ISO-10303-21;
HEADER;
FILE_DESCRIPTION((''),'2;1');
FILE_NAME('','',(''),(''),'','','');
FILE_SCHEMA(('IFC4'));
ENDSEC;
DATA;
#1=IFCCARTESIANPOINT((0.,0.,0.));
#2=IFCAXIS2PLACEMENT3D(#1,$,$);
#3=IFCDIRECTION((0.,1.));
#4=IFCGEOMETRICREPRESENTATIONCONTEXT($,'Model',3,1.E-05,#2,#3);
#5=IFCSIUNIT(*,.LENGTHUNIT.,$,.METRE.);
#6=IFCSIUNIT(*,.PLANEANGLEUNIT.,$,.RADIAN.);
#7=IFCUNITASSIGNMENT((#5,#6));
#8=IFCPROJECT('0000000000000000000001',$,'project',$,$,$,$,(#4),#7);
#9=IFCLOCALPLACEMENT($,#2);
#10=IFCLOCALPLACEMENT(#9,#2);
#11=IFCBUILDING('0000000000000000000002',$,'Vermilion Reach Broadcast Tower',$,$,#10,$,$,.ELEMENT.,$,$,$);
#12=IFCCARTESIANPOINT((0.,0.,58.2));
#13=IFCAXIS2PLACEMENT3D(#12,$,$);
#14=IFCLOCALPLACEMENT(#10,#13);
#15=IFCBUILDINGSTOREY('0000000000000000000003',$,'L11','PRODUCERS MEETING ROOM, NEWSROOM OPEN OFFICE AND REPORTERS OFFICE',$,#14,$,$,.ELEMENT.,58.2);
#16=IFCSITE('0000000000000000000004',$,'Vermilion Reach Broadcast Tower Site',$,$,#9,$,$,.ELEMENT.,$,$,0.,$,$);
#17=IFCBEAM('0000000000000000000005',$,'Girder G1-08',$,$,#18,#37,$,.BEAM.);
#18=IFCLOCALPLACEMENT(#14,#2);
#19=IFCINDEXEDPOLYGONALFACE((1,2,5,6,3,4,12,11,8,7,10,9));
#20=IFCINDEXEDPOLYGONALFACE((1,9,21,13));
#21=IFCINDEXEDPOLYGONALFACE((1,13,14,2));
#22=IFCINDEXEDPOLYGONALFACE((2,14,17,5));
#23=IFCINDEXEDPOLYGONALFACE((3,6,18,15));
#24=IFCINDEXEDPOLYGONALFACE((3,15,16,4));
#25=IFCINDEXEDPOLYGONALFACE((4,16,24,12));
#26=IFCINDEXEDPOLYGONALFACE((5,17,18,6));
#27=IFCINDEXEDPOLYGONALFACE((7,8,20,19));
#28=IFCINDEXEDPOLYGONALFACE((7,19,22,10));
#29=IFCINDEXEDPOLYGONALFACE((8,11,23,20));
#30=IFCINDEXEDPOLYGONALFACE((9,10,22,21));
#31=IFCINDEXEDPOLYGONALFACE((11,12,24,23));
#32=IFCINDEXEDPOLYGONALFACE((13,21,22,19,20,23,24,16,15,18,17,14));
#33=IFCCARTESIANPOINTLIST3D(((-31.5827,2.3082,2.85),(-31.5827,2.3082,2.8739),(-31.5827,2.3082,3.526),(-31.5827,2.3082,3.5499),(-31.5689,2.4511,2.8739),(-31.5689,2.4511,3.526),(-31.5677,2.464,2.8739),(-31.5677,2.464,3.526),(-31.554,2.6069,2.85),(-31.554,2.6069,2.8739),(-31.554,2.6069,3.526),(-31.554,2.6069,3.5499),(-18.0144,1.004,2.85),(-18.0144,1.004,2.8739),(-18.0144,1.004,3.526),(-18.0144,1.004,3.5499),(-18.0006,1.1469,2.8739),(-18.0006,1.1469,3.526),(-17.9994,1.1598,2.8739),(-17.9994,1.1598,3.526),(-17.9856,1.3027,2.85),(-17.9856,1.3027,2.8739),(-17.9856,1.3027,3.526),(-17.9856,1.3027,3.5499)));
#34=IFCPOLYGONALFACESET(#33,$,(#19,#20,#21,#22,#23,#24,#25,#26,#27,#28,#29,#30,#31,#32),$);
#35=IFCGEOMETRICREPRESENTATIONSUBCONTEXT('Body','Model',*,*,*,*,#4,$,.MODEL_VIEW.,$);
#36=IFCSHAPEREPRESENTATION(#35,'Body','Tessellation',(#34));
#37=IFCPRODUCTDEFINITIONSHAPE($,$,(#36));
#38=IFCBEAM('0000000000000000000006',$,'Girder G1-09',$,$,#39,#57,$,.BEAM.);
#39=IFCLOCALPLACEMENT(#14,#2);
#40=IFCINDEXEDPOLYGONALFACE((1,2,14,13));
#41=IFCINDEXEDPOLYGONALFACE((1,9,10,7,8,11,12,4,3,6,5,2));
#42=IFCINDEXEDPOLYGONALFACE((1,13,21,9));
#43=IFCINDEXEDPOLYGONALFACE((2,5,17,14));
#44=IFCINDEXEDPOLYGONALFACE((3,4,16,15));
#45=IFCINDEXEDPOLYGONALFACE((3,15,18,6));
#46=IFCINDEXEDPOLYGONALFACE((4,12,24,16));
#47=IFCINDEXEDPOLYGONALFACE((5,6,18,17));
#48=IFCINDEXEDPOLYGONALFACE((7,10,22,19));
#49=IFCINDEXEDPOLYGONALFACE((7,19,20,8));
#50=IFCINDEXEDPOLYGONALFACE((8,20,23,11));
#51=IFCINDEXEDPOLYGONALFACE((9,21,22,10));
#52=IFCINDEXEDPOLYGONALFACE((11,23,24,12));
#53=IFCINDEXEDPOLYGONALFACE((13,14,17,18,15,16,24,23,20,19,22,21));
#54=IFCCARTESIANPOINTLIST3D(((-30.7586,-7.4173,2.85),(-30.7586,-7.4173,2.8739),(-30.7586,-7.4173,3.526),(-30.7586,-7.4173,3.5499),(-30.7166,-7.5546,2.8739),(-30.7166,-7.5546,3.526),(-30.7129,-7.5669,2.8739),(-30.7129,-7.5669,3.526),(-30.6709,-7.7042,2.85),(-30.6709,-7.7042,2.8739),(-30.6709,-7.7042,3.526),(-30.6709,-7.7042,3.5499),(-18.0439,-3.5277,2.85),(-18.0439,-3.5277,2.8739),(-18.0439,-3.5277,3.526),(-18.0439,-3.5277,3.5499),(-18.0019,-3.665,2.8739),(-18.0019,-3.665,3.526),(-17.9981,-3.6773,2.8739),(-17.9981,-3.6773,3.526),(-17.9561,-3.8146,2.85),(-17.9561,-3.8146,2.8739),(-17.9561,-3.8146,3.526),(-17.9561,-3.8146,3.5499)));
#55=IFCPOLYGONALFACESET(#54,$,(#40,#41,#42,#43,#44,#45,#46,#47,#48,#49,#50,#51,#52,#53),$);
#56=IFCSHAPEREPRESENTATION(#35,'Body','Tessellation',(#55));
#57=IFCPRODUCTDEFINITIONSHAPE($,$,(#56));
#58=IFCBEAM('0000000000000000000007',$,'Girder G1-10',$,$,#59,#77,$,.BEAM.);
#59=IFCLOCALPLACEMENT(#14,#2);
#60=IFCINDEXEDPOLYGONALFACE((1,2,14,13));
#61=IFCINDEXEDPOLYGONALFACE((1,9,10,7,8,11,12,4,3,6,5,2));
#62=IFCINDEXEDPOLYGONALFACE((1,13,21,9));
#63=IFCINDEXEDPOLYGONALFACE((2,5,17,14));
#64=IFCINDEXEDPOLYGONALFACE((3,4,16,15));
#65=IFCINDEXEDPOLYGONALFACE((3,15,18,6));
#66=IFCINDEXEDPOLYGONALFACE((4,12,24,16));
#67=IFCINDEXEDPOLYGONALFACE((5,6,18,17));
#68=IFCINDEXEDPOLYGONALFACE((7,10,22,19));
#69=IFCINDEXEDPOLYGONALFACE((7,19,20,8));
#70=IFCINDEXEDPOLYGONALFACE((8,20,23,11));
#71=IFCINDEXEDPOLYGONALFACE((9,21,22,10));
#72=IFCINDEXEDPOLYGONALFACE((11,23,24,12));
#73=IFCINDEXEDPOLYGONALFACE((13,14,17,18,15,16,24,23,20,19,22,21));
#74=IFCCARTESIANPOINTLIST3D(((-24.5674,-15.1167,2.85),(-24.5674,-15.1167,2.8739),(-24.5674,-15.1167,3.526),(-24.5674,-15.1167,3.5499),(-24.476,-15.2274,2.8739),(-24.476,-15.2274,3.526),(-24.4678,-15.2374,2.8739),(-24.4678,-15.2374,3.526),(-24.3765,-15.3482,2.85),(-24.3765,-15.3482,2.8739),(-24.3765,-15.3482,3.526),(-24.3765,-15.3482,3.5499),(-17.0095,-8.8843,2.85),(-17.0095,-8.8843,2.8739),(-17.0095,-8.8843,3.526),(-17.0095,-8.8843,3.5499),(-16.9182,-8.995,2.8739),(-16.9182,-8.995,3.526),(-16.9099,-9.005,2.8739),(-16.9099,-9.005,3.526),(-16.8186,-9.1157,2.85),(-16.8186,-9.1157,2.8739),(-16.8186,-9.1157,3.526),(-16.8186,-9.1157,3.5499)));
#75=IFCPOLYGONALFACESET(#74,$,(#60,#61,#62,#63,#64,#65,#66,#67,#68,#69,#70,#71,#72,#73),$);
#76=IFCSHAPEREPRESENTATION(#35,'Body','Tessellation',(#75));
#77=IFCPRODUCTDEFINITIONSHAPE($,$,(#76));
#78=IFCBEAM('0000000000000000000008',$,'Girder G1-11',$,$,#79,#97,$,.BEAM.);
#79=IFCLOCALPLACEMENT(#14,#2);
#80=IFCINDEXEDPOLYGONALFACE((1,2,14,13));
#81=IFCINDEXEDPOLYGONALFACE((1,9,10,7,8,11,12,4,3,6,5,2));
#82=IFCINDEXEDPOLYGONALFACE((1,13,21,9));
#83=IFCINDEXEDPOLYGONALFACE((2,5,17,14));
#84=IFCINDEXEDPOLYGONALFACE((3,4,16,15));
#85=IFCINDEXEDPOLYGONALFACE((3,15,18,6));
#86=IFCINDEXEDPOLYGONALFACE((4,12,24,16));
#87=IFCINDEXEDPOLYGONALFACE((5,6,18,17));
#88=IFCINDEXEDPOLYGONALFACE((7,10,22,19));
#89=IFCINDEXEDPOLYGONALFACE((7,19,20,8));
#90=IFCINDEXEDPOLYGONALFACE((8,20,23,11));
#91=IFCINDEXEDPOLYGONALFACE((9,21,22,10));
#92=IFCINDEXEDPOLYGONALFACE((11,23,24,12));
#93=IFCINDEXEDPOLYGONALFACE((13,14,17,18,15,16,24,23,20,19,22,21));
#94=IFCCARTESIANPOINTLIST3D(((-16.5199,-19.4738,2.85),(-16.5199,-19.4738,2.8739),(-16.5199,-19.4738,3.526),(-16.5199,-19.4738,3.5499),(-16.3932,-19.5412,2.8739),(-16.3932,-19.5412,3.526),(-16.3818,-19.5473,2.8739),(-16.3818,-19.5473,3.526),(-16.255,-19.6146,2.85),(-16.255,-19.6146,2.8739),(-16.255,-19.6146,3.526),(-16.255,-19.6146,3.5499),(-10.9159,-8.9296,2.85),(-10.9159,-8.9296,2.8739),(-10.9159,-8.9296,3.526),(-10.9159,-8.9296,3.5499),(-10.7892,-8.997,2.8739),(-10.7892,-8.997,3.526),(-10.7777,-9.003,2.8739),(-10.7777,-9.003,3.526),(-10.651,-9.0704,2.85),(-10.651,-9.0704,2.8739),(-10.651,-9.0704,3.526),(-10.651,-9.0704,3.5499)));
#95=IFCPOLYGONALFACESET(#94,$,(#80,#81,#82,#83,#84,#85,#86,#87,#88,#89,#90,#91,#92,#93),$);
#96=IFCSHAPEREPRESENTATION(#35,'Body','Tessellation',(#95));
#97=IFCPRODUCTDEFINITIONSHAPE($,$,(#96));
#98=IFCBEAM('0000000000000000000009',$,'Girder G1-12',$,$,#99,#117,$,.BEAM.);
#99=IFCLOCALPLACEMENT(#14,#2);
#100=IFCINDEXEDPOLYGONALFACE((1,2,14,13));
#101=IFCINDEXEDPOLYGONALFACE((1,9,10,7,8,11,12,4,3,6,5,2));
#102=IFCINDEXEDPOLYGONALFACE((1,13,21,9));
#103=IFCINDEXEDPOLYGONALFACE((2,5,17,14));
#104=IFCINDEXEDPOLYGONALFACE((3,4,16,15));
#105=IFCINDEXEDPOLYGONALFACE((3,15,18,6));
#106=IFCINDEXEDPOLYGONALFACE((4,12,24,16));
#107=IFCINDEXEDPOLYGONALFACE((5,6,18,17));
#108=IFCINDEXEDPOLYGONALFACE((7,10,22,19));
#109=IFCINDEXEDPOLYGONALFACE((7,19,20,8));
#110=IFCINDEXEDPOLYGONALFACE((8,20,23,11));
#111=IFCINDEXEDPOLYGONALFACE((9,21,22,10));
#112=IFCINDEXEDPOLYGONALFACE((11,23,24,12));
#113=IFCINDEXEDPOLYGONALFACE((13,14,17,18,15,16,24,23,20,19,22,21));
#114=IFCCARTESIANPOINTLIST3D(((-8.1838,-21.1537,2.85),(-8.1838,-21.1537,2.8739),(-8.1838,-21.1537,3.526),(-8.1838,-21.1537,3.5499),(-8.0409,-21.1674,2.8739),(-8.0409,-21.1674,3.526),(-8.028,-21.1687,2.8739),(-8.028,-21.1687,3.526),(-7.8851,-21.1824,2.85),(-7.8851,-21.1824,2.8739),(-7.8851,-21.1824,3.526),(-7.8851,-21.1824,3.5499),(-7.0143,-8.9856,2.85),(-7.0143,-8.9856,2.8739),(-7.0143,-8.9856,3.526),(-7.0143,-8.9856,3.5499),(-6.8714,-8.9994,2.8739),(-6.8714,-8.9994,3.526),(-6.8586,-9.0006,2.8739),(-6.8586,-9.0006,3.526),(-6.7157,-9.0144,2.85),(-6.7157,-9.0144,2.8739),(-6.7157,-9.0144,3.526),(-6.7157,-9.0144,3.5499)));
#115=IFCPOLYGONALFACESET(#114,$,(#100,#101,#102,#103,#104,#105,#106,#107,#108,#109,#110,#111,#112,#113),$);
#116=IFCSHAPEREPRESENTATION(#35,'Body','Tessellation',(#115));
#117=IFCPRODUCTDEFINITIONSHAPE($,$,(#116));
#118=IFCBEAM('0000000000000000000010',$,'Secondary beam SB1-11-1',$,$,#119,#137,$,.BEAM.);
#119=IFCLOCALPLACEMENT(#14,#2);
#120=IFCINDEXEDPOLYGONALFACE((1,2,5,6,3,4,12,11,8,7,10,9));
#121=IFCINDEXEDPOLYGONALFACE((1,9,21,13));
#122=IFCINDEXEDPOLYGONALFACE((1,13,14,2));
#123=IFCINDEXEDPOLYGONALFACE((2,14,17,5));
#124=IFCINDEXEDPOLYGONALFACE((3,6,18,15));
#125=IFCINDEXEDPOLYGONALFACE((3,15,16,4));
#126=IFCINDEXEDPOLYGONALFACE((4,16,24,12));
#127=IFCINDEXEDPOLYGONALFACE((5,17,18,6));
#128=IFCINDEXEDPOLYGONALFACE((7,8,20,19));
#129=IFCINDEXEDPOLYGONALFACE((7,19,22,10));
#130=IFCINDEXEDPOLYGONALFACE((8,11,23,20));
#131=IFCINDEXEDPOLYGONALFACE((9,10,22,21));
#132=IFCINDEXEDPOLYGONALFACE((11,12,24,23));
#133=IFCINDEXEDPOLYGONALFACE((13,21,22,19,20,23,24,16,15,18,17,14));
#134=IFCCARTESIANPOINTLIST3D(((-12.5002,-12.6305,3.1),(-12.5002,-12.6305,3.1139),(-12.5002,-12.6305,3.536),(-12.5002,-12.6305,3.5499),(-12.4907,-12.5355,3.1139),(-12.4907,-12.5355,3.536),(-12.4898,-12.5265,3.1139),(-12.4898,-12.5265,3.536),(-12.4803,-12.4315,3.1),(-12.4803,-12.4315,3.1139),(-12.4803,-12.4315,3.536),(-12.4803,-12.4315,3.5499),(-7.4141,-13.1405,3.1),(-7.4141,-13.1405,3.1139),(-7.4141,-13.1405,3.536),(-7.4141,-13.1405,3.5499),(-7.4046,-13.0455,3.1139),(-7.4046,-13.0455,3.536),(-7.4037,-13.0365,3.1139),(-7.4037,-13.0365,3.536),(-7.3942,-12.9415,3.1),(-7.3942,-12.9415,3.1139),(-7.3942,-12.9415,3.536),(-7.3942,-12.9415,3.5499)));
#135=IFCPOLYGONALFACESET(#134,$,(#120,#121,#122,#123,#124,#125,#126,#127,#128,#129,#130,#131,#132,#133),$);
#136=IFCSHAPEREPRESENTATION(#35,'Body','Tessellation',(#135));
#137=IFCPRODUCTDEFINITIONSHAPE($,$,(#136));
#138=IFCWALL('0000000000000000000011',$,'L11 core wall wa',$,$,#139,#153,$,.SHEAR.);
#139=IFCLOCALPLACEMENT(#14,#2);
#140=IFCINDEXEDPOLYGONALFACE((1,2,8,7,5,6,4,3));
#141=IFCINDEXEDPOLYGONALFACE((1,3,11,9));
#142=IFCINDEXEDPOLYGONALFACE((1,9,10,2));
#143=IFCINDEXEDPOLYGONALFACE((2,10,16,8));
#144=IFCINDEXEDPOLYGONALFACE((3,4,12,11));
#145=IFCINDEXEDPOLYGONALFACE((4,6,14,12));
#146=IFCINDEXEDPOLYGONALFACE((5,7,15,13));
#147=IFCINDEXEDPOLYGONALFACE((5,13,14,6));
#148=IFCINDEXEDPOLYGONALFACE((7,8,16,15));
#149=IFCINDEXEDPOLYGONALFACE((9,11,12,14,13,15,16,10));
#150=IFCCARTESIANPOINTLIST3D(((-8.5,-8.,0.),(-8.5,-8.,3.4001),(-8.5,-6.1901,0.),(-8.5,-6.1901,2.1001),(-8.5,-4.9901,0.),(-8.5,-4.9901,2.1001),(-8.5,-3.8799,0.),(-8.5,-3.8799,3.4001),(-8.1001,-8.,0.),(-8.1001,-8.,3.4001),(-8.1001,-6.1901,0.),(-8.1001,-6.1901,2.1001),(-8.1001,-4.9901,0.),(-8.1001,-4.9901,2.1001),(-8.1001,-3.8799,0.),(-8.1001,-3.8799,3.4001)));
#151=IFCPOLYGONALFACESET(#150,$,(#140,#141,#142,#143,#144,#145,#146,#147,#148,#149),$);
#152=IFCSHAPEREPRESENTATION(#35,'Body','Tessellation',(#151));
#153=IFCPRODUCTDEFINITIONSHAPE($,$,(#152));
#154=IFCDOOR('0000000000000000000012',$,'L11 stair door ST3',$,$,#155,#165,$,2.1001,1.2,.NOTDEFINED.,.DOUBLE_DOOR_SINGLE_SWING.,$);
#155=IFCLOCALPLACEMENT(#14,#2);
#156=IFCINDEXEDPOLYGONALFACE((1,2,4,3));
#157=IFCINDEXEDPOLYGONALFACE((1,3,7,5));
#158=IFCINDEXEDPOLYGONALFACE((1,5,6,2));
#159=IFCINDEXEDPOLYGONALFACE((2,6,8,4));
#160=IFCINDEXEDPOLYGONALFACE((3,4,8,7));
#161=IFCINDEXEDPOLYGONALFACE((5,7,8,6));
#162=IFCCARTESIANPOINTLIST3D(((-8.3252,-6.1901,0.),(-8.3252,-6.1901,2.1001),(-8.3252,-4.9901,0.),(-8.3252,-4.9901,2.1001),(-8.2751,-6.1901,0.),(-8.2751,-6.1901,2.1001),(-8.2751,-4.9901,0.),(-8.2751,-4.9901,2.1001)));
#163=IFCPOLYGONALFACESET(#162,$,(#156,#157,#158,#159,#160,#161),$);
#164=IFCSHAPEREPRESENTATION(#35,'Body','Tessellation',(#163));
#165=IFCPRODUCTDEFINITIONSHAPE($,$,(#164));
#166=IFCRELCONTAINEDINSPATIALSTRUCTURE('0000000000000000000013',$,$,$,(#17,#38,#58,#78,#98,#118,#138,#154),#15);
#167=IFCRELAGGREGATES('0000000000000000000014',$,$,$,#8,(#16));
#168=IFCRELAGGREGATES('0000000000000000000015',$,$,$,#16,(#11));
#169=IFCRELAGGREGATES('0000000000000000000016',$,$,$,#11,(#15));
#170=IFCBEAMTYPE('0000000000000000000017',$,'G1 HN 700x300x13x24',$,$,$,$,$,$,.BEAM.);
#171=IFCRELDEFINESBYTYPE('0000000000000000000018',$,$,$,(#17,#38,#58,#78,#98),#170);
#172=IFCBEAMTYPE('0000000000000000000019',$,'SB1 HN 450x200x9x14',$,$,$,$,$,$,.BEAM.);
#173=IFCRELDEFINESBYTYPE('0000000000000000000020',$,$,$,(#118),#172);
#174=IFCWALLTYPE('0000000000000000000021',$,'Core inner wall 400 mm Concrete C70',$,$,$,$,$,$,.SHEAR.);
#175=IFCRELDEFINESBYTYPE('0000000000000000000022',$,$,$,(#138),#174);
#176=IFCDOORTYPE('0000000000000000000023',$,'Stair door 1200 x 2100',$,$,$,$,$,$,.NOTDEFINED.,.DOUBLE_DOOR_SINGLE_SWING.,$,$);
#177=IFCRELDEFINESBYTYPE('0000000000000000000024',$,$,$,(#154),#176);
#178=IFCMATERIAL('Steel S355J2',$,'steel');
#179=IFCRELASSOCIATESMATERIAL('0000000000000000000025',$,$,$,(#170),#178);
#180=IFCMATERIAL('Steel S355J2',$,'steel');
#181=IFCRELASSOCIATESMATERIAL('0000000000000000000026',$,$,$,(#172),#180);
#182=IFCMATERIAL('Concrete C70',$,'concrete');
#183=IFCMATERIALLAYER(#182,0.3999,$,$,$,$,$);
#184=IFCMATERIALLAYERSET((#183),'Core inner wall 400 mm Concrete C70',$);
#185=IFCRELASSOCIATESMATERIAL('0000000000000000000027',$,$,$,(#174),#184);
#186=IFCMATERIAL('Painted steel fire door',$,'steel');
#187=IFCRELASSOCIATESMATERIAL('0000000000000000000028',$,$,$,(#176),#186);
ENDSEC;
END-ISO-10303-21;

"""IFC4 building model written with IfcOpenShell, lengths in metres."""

from ifc_helpers import new_model, si_unit, direction, frame, frame_2d, origin, origin_2d, place, context, subcontext, project, spatial, rectangle, i_section, extrude, material, layer, layer_set, material_profile, profile_set, type_object, element, fill, save


model = new_model("IFC4")

# Units and contexts
model_context = context("Model", 3, precision=1e-05, world=origin(), true_north=direction((0.0, 1.0)))
body_context = subcontext(model_context, "Body", "Model", "MODEL_VIEW")
ifc_project = project(units=[si_unit("LENGTHUNIT", "METRE"), si_unit("PLANEANGLEUNIT", "RADIAN")], contexts=[model_context])

# Site, building, storey
site_placement = place(None, origin())
site = spatial("IfcSite", under=ifc_project, at=site_placement, Name="Vermilion Reach Broadcast Tower Site", CompositionType="ELEMENT", RefElevation=0.0)
building_placement = place(site_placement, origin())
building = spatial("IfcBuilding", under=site, at=building_placement, Name="Vermilion Reach Broadcast Tower", CompositionType="ELEMENT")
storey_placement = place(building_placement, frame((0.0, 0.0, 58.2)))
storey = spatial("IfcBuildingStorey", under=building, at=storey_placement, Name="L11", Description="PRODUCERS MEETING ROOM, NEWSROOM OPEN OFFICE AND REPORTERS OFFICE", CompositionType="ELEMENT", Elevation=58.2)

# Beams
ifc_material_1 = material(Name="Steel S355J2", Category="steel")
ifc_material_profile_1 = material_profile(ifc_material_1, i_section(OverallWidth=0.3, OverallDepth=0.7, WebThickness=0.0129, FlangeThickness=0.0239, at=origin_2d()), Name="S355J2 HN 700x300x13x24")
ifc_profile_set_1 = profile_set([ifc_material_profile_1], Name="Steel S355J2")
beam_type_1 = type_object("IfcBeamType", Name="G1 HN 700x300x13x24", PredefinedType="BEAM", material=ifc_profile_set_1)
beam_1_placement = place(storey_placement, frame((-18.0, 1.1533, 3.2), z_axis=(-0.995412, 0.09568, 0.0), x_axis=(-0.09568, -0.995412, 0.0)))
element("IfcBeam", 1, at=beam_1_placement, inside=storey, type_object=beam_type_1, Name="Girder G1-08", PredefinedType="BEAM", context=body_context, shape_type="SweptSolid", body=[
    extrude(i_section(OverallWidth=0.3, OverallDepth=0.7, WebThickness=0.0129, FlangeThickness=0.0239, at=origin_2d()), origin(), (0.0, 0.0, 1.0), 13.6309),
])
beam_2_placement = place(storey_placement, frame((-18.0, -3.6711, 3.2), z_axis=(-0.956256, -0.292532, 0.0), x_axis=(0.292532, -0.956256, 0.0)))
element("IfcBeam", 2, at=beam_2_placement, inside=storey, type_object=beam_type_1, Name="Girder G1-09", PredefinedType="BEAM", context=body_context, shape_type="SweptSolid", body=[
    extrude(i_section(OverallWidth=0.3, OverallDepth=0.7, WebThickness=0.0129, FlangeThickness=0.0239, at=origin_2d()), origin(), (0.0, 0.0, 1.0), 13.2964),
])
beam_3_placement = place(storey_placement, frame((-16.9141, -9.0, 3.2), z_axis=(-0.771514, -0.636212, 0.0), x_axis=(0.636212, -0.771514, 0.0)))
element("IfcBeam", 3, at=beam_3_placement, inside=storey, type_object=beam_type_1, Name="Girder G1-10", PredefinedType="BEAM", context=body_context, shape_type="SweptSolid", body=[
    extrude(i_section(OverallWidth=0.3, OverallDepth=0.7, WebThickness=0.0129, FlangeThickness=0.0239, at=origin_2d()), origin(), (0.0, 0.0, 1.0), 9.7961),
])
beam_4_placement = place(storey_placement, frame((-10.7834, -9.0, 3.2), z_axis=(-0.469312, -0.883032, 0.0), x_axis=(0.883032, -0.469312, 0.0)))
element("IfcBeam", 4, at=beam_4_placement, inside=storey, type_object=beam_type_1, Name="Girder G1-11", PredefinedType="BEAM", context=body_context, shape_type="SweptSolid", body=[
    extrude(i_section(OverallWidth=0.3, OverallDepth=0.7, WebThickness=0.0129, FlangeThickness=0.0239, at=origin_2d()), origin(), (0.0, 0.0, 1.0), 11.9409),
])
beam_5_placement = place(storey_placement, frame((-6.865, -9.0, 3.2), z_axis=(-0.095667, -0.995413, 0.0), x_axis=(0.995413, -0.095667, 0.0)))
element("IfcBeam", 5, at=beam_5_placement, inside=storey, type_object=beam_type_1, Name="Girder G1-12", PredefinedType="BEAM", context=body_context, shape_type="SweptSolid", body=[
    extrude(i_section(OverallWidth=0.3, OverallDepth=0.7, WebThickness=0.0129, FlangeThickness=0.0239, at=origin_2d()), origin(), (0.0, 0.0, 1.0), 12.2241),
])
ifc_material_2 = material(Name="Steel S355J2", Category="steel")
ifc_material_profile_2 = material_profile(ifc_material_2, i_section(OverallWidth=0.2, OverallDepth=0.45, WebThickness=0.009, FlangeThickness=0.0139, at=origin_2d()), Name="S355J2 HN 450x200x9x14")
ifc_profile_set_2 = profile_set([ifc_material_profile_2], Name="Steel S355J2")
beam_type_2 = type_object("IfcBeamType", Name="SB1 HN 450x200x9x14", PredefinedType="BEAM", material=ifc_profile_set_2)
beam_6_placement = place(storey_placement, frame((-12.4902, -12.531, 3.325), z_axis=(0.99501, -0.099773, 0.0), x_axis=(0.099773, 0.99501, 0.0)))
element("IfcBeam", 6, at=beam_6_placement, inside=storey, type_object=beam_type_2, Name="Secondary beam SB1-11-1", PredefinedType="BEAM", context=body_context, shape_type="SweptSolid", body=[
    extrude(i_section(OverallWidth=0.2, OverallDepth=0.45, WebThickness=0.009, FlangeThickness=0.0139, at=origin_2d()), origin(), (0.0, 0.0, 1.0), 5.1116),
])

# Wall, opening, door
ifc_material_3 = material(Name="Concrete C70", Category="concrete")
ifc_layer_1 = layer(ifc_material_3, 0.3999)
ifc_layer_set_1 = layer_set([ifc_layer_1], Name="Core inner wall 400 mm Concrete C70")
wall_type_1 = type_object("IfcWallType", Name="Core inner wall 400 mm Concrete C70", PredefinedType="SHEAR", material=ifc_layer_set_1)
wall_1_placement = place(storey_placement, frame((-8.3, -3.8799, 0.0), z_axis=(0.0, 0.0, 1.0), x_axis=(0.0, -1.0, 0.0)))
wall_1 = element("IfcWall", 7, at=wall_1_placement, inside=storey, type_object=wall_type_1, Name="L11 core wall wa", PredefinedType="SHEAR", context=body_context, shape_type="SweptSolid", body=[
    extrude(rectangle(XDim=4.1201, YDim=0.3999, at=frame_2d((2.0601, 0.0))), origin(), (0.0, 0.0, 1.0), 3.4001),
])
opening_1_placement = place(wall_1_placement, frame((1.1101, 0.0, 0.0)))
opening_1 = element("IfcOpeningElement", 8, at=opening_1_placement, cuts=wall_1, PredefinedType="OPENING", context=body_context, shape_type="SweptSolid", body=[
    extrude(rectangle(XDim=1.2, YDim=2.1001, at=frame_2d((0.6001, 1.05))), frame((0.0, 0.21, 0.0), z_axis=(0.0, -1.0, 0.0), x_axis=(1.0, 0.0, 0.0)), (0.0, 0.0, 1.0), 0.4199),
])
ifc_material_4 = material(Name="Painted steel fire door", Category="steel")
door_type_1 = type_object("IfcDoorType", Name="Stair door 1200 x 2100", OperationType="DOUBLE_DOOR_SINGLE_SWING", PredefinedType="NOTDEFINED", material=ifc_material_4)
door_1_placement = place(opening_1_placement, origin())
door_1 = element("IfcDoor", 9, at=door_1_placement, inside=storey, type_object=door_type_1, Name="L11 stair door ST3", OperationType="DOUBLE_DOOR_SINGLE_SWING", OverallHeight=2.1001, OverallWidth=1.2, PredefinedType="NOTDEFINED", context=body_context, shape_type="SweptSolid", body=[
    extrude(rectangle(XDim=1.2, YDim=2.1001, at=frame_2d((0.6001, 1.05))), frame((0.0, 0.0249, 0.0), z_axis=(0.0, -1.0, 0.0), x_axis=(1.0, 0.0, 0.0)), (0.0, 0.0, 1.0), 0.05),
])
fill(opening_1, door_1)

save(model, "model.ifc")
